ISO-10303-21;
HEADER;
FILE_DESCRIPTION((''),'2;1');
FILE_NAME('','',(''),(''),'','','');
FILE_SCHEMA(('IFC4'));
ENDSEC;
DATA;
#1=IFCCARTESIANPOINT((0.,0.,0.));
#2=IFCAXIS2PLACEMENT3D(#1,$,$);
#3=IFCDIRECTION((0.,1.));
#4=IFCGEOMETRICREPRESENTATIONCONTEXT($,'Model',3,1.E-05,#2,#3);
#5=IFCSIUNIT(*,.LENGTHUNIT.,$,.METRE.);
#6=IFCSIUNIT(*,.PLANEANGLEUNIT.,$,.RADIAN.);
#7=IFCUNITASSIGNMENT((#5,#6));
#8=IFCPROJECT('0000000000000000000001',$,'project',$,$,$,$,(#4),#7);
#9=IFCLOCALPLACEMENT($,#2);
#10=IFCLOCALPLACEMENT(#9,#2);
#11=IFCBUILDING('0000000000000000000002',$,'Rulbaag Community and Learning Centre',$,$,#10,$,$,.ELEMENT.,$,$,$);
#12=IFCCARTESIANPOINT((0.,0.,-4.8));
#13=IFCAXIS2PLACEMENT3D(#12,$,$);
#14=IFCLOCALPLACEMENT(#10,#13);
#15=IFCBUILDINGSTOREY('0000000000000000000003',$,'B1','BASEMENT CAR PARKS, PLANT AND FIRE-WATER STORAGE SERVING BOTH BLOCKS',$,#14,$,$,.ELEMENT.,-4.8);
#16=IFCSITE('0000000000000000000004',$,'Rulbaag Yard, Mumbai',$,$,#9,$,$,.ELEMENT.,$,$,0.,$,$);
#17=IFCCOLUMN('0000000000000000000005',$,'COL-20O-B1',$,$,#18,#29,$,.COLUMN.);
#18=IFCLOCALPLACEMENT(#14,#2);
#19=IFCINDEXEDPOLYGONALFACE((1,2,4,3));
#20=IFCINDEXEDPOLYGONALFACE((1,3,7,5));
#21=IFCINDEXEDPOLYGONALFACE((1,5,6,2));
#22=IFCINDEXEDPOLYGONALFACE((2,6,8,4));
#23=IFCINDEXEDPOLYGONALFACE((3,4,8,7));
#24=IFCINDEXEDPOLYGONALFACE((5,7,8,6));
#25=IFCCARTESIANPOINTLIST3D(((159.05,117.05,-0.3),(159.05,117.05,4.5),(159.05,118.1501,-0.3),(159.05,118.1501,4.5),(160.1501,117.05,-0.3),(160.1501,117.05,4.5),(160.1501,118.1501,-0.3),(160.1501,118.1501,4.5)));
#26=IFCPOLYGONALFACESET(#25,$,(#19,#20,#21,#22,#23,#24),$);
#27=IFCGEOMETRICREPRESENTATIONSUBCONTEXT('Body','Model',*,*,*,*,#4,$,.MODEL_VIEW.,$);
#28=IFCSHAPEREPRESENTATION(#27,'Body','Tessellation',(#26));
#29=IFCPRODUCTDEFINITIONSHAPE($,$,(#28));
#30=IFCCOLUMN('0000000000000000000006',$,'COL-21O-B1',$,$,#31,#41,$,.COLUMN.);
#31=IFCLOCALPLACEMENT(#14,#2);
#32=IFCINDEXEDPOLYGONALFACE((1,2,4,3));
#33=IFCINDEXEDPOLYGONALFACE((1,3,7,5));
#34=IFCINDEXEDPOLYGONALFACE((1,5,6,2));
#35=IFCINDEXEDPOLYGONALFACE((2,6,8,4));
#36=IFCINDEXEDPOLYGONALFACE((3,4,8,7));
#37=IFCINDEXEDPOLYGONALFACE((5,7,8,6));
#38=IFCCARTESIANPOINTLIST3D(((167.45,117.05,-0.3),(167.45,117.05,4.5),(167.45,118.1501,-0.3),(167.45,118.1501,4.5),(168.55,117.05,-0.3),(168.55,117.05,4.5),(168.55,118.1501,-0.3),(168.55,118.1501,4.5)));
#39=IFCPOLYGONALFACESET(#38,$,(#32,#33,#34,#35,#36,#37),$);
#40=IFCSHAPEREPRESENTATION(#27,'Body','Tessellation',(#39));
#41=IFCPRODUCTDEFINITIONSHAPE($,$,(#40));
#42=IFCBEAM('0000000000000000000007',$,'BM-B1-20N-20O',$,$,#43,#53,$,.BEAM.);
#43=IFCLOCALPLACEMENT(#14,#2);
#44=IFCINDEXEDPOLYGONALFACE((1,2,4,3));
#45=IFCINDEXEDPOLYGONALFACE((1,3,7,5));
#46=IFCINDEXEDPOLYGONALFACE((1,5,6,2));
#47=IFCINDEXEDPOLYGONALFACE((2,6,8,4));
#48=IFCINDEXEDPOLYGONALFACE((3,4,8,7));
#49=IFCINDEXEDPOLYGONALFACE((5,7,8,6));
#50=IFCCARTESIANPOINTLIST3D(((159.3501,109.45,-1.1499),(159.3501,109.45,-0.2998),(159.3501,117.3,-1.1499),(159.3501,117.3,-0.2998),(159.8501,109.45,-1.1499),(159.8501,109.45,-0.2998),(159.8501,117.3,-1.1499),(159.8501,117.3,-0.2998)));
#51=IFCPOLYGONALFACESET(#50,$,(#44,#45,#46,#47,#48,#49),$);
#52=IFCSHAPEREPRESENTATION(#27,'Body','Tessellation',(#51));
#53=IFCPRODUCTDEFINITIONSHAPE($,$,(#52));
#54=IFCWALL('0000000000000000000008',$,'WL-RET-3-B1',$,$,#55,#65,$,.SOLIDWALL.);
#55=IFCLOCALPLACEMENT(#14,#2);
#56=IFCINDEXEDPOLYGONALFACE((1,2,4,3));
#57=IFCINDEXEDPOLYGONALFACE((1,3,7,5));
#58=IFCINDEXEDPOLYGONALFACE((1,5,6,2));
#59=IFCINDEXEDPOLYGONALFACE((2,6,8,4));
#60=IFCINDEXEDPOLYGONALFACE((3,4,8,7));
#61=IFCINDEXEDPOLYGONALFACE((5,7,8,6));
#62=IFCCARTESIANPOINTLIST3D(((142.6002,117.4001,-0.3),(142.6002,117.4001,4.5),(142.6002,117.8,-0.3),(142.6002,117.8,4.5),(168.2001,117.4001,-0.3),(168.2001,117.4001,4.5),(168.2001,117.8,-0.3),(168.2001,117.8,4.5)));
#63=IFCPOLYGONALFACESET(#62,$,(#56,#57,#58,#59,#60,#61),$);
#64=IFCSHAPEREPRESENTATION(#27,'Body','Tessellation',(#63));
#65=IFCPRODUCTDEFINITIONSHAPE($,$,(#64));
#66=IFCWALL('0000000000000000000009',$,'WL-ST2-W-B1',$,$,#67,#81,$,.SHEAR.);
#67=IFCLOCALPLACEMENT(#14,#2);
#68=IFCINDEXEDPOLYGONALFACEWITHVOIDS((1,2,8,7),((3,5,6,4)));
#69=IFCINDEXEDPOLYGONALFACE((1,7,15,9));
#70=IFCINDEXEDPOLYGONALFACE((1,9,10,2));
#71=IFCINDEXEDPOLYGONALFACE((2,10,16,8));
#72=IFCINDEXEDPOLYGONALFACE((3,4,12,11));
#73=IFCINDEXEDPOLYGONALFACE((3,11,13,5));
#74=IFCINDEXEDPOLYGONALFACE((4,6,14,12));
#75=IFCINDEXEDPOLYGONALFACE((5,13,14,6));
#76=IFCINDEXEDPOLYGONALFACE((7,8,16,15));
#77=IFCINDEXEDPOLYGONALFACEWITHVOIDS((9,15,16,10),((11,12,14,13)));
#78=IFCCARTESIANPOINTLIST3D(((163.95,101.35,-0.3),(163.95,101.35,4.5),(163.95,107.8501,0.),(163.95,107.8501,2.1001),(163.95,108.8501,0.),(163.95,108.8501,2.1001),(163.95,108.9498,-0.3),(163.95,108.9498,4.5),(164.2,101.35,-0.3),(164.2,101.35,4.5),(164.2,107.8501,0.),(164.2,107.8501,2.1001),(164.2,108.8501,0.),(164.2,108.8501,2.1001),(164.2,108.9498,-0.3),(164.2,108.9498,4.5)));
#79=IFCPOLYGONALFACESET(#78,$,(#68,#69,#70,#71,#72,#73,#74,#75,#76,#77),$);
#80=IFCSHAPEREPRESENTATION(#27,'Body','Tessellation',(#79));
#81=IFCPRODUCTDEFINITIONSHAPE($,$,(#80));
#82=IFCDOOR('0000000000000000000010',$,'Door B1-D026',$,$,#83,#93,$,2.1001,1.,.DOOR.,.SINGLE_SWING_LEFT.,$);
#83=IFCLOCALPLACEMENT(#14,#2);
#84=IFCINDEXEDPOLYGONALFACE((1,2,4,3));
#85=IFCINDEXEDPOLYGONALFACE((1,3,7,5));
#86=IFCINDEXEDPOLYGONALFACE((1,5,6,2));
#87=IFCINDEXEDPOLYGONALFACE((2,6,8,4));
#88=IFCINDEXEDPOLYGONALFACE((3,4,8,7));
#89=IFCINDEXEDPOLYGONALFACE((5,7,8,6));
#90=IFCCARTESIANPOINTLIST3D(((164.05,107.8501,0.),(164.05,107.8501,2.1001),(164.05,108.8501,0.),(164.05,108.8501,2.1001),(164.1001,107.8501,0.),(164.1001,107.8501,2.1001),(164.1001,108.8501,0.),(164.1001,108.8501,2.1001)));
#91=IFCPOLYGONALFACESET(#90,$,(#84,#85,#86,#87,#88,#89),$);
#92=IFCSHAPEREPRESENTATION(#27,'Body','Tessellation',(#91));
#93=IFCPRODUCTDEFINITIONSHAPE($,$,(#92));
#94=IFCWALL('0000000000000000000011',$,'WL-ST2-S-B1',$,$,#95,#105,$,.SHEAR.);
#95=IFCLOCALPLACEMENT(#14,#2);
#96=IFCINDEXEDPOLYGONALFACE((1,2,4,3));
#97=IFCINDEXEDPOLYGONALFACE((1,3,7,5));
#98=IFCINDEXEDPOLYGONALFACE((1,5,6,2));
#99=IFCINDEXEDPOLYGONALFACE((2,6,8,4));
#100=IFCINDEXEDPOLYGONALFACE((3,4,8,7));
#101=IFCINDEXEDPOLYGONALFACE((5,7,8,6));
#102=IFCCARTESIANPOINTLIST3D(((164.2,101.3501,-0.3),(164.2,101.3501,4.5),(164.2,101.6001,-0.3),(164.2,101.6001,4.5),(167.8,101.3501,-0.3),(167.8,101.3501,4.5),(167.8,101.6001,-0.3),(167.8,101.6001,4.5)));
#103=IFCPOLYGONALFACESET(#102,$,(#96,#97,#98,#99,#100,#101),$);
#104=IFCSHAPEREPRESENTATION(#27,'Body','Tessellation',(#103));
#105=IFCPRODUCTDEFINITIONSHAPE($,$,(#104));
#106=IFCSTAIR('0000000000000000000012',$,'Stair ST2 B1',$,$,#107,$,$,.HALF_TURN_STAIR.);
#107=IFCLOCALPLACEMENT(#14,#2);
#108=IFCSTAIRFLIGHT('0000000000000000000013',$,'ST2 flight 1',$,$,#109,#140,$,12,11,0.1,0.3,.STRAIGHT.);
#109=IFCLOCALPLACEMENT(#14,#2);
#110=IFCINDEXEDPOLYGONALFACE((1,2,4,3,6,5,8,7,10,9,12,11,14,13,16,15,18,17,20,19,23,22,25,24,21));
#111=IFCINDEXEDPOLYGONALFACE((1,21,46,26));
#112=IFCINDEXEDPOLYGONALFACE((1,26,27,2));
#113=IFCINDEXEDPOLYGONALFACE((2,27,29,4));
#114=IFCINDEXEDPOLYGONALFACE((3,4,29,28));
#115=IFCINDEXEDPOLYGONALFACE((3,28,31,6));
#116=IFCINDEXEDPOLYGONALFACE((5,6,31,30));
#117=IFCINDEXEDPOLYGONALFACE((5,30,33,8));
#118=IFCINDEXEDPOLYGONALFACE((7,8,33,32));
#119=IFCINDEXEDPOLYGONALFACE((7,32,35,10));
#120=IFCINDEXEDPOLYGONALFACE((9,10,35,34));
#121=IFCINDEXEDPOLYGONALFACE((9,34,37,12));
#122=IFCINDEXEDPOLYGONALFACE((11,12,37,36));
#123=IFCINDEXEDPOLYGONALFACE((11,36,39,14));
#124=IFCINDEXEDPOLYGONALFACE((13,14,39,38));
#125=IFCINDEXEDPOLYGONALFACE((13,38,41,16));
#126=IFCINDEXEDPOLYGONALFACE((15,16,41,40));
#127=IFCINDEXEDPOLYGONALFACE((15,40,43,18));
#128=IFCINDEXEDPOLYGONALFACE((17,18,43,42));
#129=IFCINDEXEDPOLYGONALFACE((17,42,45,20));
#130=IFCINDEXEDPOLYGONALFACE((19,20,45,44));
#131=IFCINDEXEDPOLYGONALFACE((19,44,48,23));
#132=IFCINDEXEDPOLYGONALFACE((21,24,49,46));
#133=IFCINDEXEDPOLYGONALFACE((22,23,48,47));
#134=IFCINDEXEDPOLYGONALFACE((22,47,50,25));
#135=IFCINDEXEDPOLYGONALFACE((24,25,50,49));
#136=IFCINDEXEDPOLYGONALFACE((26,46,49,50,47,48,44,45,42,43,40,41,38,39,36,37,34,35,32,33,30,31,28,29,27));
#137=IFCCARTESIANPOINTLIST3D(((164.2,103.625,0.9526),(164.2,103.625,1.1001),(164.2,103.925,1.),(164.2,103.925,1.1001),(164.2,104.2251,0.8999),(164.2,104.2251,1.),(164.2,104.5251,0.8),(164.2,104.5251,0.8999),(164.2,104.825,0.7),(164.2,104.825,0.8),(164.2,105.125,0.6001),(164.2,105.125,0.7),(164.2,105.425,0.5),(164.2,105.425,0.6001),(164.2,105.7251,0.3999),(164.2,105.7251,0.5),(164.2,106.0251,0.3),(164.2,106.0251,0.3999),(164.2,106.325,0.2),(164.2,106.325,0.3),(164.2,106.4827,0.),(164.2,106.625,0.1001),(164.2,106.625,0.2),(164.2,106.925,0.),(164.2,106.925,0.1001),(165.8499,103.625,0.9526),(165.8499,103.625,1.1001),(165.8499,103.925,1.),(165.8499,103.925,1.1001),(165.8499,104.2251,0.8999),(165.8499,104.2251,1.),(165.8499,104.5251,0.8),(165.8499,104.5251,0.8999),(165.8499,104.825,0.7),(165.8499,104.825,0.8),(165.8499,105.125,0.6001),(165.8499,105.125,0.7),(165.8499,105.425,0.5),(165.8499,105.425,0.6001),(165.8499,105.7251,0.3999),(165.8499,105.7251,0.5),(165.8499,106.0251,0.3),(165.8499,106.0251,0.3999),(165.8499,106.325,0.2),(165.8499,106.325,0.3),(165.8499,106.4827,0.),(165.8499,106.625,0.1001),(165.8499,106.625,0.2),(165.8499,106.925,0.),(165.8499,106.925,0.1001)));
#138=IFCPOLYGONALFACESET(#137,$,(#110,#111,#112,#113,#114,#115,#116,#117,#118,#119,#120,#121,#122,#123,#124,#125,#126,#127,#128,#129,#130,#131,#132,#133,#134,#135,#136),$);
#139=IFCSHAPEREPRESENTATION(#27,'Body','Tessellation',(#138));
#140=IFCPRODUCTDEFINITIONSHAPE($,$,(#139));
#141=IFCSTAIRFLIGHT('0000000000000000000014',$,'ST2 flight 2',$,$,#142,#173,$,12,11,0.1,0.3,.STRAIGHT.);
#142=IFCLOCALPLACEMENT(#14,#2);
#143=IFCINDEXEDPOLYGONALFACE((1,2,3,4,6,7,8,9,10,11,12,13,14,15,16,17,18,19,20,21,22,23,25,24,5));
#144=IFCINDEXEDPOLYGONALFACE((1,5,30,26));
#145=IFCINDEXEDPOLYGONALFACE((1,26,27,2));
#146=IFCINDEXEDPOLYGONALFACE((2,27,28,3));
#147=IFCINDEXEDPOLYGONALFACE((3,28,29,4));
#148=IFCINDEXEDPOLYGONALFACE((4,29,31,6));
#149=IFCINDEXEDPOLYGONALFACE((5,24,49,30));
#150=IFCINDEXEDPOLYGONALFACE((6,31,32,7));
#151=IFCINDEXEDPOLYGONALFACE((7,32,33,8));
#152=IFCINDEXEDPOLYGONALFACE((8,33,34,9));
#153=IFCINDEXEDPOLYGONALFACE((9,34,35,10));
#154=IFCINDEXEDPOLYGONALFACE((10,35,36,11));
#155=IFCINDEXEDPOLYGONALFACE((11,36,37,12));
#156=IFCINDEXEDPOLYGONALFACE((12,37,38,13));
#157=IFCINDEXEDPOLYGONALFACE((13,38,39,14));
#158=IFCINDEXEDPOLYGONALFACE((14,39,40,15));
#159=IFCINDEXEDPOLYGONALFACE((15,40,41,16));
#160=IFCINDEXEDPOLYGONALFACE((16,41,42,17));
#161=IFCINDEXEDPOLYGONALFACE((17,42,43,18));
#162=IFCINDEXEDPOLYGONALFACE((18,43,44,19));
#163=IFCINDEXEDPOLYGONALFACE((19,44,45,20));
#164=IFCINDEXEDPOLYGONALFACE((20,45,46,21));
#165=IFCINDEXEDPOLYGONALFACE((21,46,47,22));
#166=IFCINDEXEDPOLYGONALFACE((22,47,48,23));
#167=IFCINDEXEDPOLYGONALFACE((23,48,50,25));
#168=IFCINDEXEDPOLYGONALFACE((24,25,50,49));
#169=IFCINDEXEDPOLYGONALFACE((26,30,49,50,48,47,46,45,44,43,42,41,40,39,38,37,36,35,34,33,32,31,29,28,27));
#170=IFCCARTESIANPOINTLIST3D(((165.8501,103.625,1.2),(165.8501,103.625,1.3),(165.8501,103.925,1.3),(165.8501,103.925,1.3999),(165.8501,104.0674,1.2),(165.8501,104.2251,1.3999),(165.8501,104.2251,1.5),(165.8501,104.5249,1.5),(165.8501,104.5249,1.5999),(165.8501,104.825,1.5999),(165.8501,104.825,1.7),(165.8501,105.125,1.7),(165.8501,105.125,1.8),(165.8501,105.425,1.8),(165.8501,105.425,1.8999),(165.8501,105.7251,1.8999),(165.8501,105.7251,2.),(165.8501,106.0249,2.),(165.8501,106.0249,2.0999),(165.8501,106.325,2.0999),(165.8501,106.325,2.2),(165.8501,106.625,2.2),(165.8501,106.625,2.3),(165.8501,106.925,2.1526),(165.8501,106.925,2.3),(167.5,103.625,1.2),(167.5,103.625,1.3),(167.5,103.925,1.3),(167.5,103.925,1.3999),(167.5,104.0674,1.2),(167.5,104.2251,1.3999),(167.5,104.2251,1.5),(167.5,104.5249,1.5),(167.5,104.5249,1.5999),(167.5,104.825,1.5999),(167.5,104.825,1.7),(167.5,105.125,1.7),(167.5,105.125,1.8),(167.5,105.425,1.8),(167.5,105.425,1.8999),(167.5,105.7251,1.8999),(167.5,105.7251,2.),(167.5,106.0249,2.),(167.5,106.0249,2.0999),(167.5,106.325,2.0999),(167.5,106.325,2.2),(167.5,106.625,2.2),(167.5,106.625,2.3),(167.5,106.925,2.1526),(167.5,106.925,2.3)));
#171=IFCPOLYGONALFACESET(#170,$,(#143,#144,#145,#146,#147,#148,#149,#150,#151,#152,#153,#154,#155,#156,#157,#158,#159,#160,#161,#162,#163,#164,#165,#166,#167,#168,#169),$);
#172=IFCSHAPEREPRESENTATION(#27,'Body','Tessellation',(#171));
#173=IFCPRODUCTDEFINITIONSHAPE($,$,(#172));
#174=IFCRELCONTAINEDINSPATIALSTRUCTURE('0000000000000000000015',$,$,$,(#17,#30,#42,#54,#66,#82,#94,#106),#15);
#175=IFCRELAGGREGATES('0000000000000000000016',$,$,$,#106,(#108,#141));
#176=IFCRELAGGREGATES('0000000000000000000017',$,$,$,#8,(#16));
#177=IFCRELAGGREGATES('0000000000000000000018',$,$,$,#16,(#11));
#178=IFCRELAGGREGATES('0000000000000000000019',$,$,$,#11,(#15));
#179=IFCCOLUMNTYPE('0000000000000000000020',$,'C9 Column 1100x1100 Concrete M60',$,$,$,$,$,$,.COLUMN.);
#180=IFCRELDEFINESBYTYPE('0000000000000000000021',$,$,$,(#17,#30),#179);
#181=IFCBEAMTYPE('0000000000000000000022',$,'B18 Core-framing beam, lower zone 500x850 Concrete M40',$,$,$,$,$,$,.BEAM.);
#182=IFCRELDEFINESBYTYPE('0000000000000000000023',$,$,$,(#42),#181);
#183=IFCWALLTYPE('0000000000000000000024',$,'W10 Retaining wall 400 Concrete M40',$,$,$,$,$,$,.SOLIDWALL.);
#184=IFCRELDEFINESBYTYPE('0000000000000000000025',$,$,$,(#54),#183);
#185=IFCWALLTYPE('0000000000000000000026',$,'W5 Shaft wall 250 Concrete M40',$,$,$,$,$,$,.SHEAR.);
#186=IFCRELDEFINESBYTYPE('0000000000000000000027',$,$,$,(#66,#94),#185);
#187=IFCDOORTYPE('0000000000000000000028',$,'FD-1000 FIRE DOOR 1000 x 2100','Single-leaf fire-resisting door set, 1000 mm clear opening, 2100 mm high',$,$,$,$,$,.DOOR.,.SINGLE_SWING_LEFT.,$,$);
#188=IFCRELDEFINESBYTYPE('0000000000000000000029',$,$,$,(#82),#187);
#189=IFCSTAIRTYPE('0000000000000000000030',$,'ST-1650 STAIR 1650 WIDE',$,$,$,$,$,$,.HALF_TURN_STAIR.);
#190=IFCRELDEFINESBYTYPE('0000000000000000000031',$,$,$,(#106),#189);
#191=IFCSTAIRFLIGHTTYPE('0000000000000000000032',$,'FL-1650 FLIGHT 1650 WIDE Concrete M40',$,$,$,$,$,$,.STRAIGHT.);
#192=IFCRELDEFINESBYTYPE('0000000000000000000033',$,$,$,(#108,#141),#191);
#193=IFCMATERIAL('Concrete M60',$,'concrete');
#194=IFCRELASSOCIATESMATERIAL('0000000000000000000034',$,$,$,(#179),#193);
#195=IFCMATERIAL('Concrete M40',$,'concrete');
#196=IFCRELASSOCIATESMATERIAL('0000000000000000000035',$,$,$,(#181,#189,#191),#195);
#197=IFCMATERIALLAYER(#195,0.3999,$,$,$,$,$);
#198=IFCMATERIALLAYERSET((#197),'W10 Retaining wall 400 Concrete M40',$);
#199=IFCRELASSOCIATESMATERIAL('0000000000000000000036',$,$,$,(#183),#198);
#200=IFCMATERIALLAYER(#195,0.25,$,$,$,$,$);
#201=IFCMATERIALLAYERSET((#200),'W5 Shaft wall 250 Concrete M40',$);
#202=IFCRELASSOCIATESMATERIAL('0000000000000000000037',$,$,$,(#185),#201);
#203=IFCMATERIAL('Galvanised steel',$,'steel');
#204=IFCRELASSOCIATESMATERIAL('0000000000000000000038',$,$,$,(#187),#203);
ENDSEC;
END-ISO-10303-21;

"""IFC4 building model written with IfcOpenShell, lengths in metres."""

from ifc_helpers import new_model, si_unit, direction, frame, frame_2d, origin, origin_2d, place, context, subcontext, project, spatial, polyline, rectangle, outline, extrude, material, layer, layer_set, material_profile, profile_set, type_object, element, fill, aggregate, save


model = new_model("IFC4")

# Units and contexts
model_context = context("Model", 3, precision=1e-05, world=origin(), true_north=direction((0.0, 1.0)))
body_context = subcontext(model_context, "Body", "Model", "MODEL_VIEW")
ifc_project = project(units=[si_unit("LENGTHUNIT", "METRE"), si_unit("PLANEANGLEUNIT", "RADIAN")], contexts=[model_context])

# Site, building, storey
site_placement = place(None, origin())
site = spatial("IfcSite", under=ifc_project, at=site_placement, Name="Rulbaag Yard, Mumbai", CompositionType="ELEMENT", RefElevation=0.0)
building_placement = place(site_placement, origin())
building = spatial("IfcBuilding", under=site, at=building_placement, Name="Rulbaag Community and Learning Centre", CompositionType="ELEMENT")
storey_placement = place(building_placement, frame((0.0, 0.0, -4.8)))
storey = spatial("IfcBuildingStorey", under=building, at=storey_placement, Name="B1", Description="BASEMENT CAR PARKS, PLANT AND FIRE-WATER STORAGE SERVING BOTH BLOCKS", CompositionType="ELEMENT", Elevation=-4.8)

# Columns
ifc_material_1 = material(Name="Concrete M60", Category="concrete")
ifc_material_profile_1 = material_profile(ifc_material_1, rectangle(XDim=1.1001, YDim=1.1001, at=origin_2d()), Name="RC1100x1100")
ifc_profile_set_1 = profile_set([ifc_material_profile_1], Name="Concrete M60")
column_type = type_object("IfcColumnType", Name="C9 Column 1100x1100 Concrete M60", PredefinedType="COLUMN", material=ifc_profile_set_1)
for number, where, z_axis, x_axis, name in (
    (1, (159.6001, 117.6001, -0.3), (0.0, 0.0, 1.0), (1.0, 0.0, 0.0), "COL-20O-B1"),
    (2, (168.0, 117.6001, -0.3), (0.0, 0.0, 1.0), (1.0, 0.0, 0.0), "COL-21O-B1"),
):
    element("IfcColumn", number, at=place(storey_placement, frame(where, z_axis=z_axis, x_axis=x_axis)), inside=storey, type_object=column_type, Name=name, PredefinedType="COLUMN", context=body_context, shape_type="SweptSolid", body=[
        extrude(rectangle(XDim=1.1001, YDim=1.1001, at=origin_2d()), origin(), (0.0, 0.0, 1.0), 4.8),
    ])

# Beam
ifc_material_2 = material(Name="Concrete M40", Category="concrete")
ifc_material_profile_2 = material_profile(ifc_material_2, rectangle(XDim=0.5, YDim=0.8501, at=origin_2d()), Name="RB500x850")
ifc_profile_set_2 = profile_set([ifc_material_profile_2], Name="Concrete M40")
beam_type = type_object("IfcBeamType", Name="B18 Core-framing beam, lower zone 500x850 Concrete M40", PredefinedType="BEAM", material=ifc_profile_set_2)
beam_placement = place(storey_placement, frame((159.6001, 109.45, -0.7249), z_axis=(0.0, 1.0, 0.0), x_axis=(-1.0, 0.0, 0.0)))
element("IfcBeam", 3, at=beam_placement, inside=storey, type_object=beam_type, Name="BM-B1-20N-20O", PredefinedType="BEAM", context=body_context, shape_type="SweptSolid", body=[
    extrude(rectangle(XDim=0.5, YDim=0.8501, at=origin_2d()), origin(), (0.0, 0.0, 1.0), 7.8501),
])

# Wall
ifc_layer_1 = layer(ifc_material_2, 0.3999)
ifc_layer_set_1 = layer_set([ifc_layer_1], Name="W10 Retaining wall 400 Concrete M40")
wall_type_1 = type_object("IfcWallType", Name="W10 Retaining wall 400 Concrete M40", PredefinedType="SOLIDWALL", material=ifc_layer_set_1)
wall_1_placement = place(storey_placement, frame((168.2, 117.6001, -0.3), z_axis=(0.0, 0.0, 1.0), x_axis=(-1.0, 0.0, 0.0)))
element("IfcWall", 4, at=wall_1_placement, inside=storey, type_object=wall_type_1, Name="WL-RET-3-B1", PredefinedType="SOLIDWALL", context=body_context, shape_type="SweptSolid", body=[
    extrude(rectangle(XDim=25.5999, YDim=0.3999, at=frame_2d((12.7998, 0.0))), origin(), (0.0, 0.0, 1.0), 4.8),
])

# Wall, opening, door
ifc_layer_2 = layer(ifc_material_2, 0.25)
ifc_layer_set_2 = layer_set([ifc_layer_2], Name="W5 Shaft wall 250 Concrete M40")
wall_type_2 = type_object("IfcWallType", Name="W5 Shaft wall 250 Concrete M40", PredefinedType="SHEAR", material=ifc_layer_set_2)
wall_2_placement = place(storey_placement, frame((164.075, 101.3501, -0.3), z_axis=(0.0, 0.0, 1.0), x_axis=(0.0, 1.0, 0.0)))
wall_2 = element("IfcWall", 5, at=wall_2_placement, inside=storey, type_object=wall_type_2, Name="WL-ST2-W-B1", PredefinedType="SHEAR", context=body_context, shape_type="SweptSolid", body=[
    extrude(rectangle(XDim=7.5999, YDim=0.25, at=frame_2d((3.7998, 0.0))), origin(), (0.0, 0.0, 1.0), 4.8),
])
opening_placement = place(wall_2_placement, frame((6.5, 0.0, 0.3)))
opening = element("IfcOpeningElement", 6, at=opening_placement, cuts=wall_2, PredefinedType="OPENING", context=body_context, shape_type="SweptSolid", body=[
    extrude(rectangle(XDim=1.0, YDim=2.1001, at=frame_2d((0.5, 1.05))), frame((0.0, 0.135, 0.0), z_axis=(0.0, -1.0, 0.0), x_axis=(1.0, 0.0, 0.0)), (0.0, 0.0, 1.0), 0.27),
])
ifc_material_3 = material(Name="Galvanised steel", Category="steel")
door_type = type_object("IfcDoorType", Name="FD-1000 FIRE DOOR 1000 x 2100", Description="Single-leaf fire-resisting door set, 1000 mm clear opening, 2100 mm high", OperationType="SINGLE_SWING_LEFT", PredefinedType="DOOR", material=ifc_material_3)
door_placement = place(opening_placement, origin())
door = element("IfcDoor", 7, at=door_placement, inside=storey, type_object=door_type, Name="Door B1-D026", OperationType="SINGLE_SWING_LEFT", OverallHeight=2.1001, OverallWidth=1.0, PredefinedType="DOOR", context=body_context, shape_type="SweptSolid", body=[
    extrude(rectangle(XDim=1.0, YDim=2.1001, at=frame_2d((0.5, 1.05))), frame((0.0, 0.0249, 0.0), z_axis=(0.0, -1.0, 0.0), x_axis=(1.0, 0.0, 0.0)), (0.0, 0.0, 1.0), 0.05),
])
fill(opening, door)

# Wall
wall_3_placement = place(storey_placement, frame((164.2, 101.4751, -0.3), z_axis=(0.0, 0.0, 1.0), x_axis=(1.0, 0.0, 0.0)))
element("IfcWall", 8, at=wall_3_placement, inside=storey, type_object=wall_type_2, Name="WL-ST2-S-B1", PredefinedType="SHEAR", context=body_context, shape_type="SweptSolid", body=[
    extrude(rectangle(XDim=3.6001, YDim=0.25, at=frame_2d((1.8, 0.0))), origin(), (0.0, 0.0, 1.0), 4.8),
])

# Stair, stair flights
stair_type = type_object("IfcStairType", Name="ST-1650 STAIR 1650 WIDE", PredefinedType="HALF_TURN_STAIR", material=ifc_material_2)
stair_placement = place(storey_placement, origin())
stair = element("IfcStair", 9, at=stair_placement, inside=storey, type_object=stair_type, Name="Stair ST2 B1", PredefinedType="HALF_TURN_STAIR")
stair_flight_type = type_object("IfcStairFlightType", Name="FL-1650 FLIGHT 1650 WIDE Concrete M40", PredefinedType="STRAIGHT", material=ifc_material_2)
stair_flight_1_placement = place(storey_placement, frame((165.0249, 106.925, 0.0), z_axis=(0.0, 0.0, 1.0), x_axis=(0.0, -1.0, 0.0)))
stair_flight_1 = element("IfcStairFlight", 10, at=stair_flight_1_placement, type_object=stair_flight_type, Name="ST2 flight 1", NumberOfRisers=12, NumberOfTreads=11, PredefinedType="STRAIGHT", RiserHeight=0.1, TreadLength=0.3, context=body_context, shape_type="SweptSolid", body=[
    extrude(outline(polyline([(0.0, 0.0), (0.0, 0.1001), (0.3, 0.1001), (0.3, 0.2), (0.6001, 0.2), (0.6001, 0.3), (0.8999, 0.3), (0.8999, 0.3999), (1.2, 0.3999), (1.2, 0.5), (1.5, 0.5), (1.5, 0.6001), (1.8, 0.6001), (1.8, 0.7), (2.1001, 0.7), (2.1001, 0.8), (2.3999, 0.8), (2.3999, 0.8999), (2.7, 0.8999), (2.7, 1.0), (3.0, 1.0), (3.0, 1.1001), (3.3, 1.1001), (3.3, 0.9526), (0.4424, 0.0), (0.0, 0.0)])), frame((0.0, 0.825, 0.0), z_axis=(0.0, -1.0, 0.0), x_axis=(1.0, 0.0, 0.0)), (0.0, 0.0, 1.0), 1.6499),
])
stair_flight_2_placement = place(storey_placement, frame((166.675, 103.625, 1.2), z_axis=(0.0, 0.0, 1.0), x_axis=(0.0, 1.0, 0.0)))
stair_flight_2 = element("IfcStairFlight", 11, at=stair_flight_2_placement, type_object=stair_flight_type, Name="ST2 flight 2", NumberOfRisers=12, NumberOfTreads=11, PredefinedType="STRAIGHT", RiserHeight=0.1, TreadLength=0.3, context=body_context, shape_type="SweptSolid", body=[
    extrude(outline(polyline([(0.0, 0.0), (0.0, 0.1001), (0.3, 0.1001), (0.3, 0.2), (0.6001, 0.2), (0.6001, 0.3), (0.8999, 0.3), (0.8999, 0.3999), (1.2, 0.3999), (1.2, 0.5), (1.5, 0.5), (1.5, 0.6001), (1.8, 0.6001), (1.8, 0.7), (2.1001, 0.7), (2.1001, 0.8), (2.3999, 0.8), (2.3999, 0.8999), (2.7, 0.8999), (2.7, 1.0), (3.0, 1.0), (3.0, 1.1001), (3.3, 1.1001), (3.3, 0.9526), (0.4424, 0.0), (0.0, 0.0)])), frame((0.0, 0.825, 0.0), z_axis=(0.0, -1.0, 0.0), x_axis=(1.0, 0.0, 0.0)), (0.0, 0.0, 1.0), 1.6499),
])
aggregate(stair, [stair_flight_1, stair_flight_2])

save(model, "model.ifc")
